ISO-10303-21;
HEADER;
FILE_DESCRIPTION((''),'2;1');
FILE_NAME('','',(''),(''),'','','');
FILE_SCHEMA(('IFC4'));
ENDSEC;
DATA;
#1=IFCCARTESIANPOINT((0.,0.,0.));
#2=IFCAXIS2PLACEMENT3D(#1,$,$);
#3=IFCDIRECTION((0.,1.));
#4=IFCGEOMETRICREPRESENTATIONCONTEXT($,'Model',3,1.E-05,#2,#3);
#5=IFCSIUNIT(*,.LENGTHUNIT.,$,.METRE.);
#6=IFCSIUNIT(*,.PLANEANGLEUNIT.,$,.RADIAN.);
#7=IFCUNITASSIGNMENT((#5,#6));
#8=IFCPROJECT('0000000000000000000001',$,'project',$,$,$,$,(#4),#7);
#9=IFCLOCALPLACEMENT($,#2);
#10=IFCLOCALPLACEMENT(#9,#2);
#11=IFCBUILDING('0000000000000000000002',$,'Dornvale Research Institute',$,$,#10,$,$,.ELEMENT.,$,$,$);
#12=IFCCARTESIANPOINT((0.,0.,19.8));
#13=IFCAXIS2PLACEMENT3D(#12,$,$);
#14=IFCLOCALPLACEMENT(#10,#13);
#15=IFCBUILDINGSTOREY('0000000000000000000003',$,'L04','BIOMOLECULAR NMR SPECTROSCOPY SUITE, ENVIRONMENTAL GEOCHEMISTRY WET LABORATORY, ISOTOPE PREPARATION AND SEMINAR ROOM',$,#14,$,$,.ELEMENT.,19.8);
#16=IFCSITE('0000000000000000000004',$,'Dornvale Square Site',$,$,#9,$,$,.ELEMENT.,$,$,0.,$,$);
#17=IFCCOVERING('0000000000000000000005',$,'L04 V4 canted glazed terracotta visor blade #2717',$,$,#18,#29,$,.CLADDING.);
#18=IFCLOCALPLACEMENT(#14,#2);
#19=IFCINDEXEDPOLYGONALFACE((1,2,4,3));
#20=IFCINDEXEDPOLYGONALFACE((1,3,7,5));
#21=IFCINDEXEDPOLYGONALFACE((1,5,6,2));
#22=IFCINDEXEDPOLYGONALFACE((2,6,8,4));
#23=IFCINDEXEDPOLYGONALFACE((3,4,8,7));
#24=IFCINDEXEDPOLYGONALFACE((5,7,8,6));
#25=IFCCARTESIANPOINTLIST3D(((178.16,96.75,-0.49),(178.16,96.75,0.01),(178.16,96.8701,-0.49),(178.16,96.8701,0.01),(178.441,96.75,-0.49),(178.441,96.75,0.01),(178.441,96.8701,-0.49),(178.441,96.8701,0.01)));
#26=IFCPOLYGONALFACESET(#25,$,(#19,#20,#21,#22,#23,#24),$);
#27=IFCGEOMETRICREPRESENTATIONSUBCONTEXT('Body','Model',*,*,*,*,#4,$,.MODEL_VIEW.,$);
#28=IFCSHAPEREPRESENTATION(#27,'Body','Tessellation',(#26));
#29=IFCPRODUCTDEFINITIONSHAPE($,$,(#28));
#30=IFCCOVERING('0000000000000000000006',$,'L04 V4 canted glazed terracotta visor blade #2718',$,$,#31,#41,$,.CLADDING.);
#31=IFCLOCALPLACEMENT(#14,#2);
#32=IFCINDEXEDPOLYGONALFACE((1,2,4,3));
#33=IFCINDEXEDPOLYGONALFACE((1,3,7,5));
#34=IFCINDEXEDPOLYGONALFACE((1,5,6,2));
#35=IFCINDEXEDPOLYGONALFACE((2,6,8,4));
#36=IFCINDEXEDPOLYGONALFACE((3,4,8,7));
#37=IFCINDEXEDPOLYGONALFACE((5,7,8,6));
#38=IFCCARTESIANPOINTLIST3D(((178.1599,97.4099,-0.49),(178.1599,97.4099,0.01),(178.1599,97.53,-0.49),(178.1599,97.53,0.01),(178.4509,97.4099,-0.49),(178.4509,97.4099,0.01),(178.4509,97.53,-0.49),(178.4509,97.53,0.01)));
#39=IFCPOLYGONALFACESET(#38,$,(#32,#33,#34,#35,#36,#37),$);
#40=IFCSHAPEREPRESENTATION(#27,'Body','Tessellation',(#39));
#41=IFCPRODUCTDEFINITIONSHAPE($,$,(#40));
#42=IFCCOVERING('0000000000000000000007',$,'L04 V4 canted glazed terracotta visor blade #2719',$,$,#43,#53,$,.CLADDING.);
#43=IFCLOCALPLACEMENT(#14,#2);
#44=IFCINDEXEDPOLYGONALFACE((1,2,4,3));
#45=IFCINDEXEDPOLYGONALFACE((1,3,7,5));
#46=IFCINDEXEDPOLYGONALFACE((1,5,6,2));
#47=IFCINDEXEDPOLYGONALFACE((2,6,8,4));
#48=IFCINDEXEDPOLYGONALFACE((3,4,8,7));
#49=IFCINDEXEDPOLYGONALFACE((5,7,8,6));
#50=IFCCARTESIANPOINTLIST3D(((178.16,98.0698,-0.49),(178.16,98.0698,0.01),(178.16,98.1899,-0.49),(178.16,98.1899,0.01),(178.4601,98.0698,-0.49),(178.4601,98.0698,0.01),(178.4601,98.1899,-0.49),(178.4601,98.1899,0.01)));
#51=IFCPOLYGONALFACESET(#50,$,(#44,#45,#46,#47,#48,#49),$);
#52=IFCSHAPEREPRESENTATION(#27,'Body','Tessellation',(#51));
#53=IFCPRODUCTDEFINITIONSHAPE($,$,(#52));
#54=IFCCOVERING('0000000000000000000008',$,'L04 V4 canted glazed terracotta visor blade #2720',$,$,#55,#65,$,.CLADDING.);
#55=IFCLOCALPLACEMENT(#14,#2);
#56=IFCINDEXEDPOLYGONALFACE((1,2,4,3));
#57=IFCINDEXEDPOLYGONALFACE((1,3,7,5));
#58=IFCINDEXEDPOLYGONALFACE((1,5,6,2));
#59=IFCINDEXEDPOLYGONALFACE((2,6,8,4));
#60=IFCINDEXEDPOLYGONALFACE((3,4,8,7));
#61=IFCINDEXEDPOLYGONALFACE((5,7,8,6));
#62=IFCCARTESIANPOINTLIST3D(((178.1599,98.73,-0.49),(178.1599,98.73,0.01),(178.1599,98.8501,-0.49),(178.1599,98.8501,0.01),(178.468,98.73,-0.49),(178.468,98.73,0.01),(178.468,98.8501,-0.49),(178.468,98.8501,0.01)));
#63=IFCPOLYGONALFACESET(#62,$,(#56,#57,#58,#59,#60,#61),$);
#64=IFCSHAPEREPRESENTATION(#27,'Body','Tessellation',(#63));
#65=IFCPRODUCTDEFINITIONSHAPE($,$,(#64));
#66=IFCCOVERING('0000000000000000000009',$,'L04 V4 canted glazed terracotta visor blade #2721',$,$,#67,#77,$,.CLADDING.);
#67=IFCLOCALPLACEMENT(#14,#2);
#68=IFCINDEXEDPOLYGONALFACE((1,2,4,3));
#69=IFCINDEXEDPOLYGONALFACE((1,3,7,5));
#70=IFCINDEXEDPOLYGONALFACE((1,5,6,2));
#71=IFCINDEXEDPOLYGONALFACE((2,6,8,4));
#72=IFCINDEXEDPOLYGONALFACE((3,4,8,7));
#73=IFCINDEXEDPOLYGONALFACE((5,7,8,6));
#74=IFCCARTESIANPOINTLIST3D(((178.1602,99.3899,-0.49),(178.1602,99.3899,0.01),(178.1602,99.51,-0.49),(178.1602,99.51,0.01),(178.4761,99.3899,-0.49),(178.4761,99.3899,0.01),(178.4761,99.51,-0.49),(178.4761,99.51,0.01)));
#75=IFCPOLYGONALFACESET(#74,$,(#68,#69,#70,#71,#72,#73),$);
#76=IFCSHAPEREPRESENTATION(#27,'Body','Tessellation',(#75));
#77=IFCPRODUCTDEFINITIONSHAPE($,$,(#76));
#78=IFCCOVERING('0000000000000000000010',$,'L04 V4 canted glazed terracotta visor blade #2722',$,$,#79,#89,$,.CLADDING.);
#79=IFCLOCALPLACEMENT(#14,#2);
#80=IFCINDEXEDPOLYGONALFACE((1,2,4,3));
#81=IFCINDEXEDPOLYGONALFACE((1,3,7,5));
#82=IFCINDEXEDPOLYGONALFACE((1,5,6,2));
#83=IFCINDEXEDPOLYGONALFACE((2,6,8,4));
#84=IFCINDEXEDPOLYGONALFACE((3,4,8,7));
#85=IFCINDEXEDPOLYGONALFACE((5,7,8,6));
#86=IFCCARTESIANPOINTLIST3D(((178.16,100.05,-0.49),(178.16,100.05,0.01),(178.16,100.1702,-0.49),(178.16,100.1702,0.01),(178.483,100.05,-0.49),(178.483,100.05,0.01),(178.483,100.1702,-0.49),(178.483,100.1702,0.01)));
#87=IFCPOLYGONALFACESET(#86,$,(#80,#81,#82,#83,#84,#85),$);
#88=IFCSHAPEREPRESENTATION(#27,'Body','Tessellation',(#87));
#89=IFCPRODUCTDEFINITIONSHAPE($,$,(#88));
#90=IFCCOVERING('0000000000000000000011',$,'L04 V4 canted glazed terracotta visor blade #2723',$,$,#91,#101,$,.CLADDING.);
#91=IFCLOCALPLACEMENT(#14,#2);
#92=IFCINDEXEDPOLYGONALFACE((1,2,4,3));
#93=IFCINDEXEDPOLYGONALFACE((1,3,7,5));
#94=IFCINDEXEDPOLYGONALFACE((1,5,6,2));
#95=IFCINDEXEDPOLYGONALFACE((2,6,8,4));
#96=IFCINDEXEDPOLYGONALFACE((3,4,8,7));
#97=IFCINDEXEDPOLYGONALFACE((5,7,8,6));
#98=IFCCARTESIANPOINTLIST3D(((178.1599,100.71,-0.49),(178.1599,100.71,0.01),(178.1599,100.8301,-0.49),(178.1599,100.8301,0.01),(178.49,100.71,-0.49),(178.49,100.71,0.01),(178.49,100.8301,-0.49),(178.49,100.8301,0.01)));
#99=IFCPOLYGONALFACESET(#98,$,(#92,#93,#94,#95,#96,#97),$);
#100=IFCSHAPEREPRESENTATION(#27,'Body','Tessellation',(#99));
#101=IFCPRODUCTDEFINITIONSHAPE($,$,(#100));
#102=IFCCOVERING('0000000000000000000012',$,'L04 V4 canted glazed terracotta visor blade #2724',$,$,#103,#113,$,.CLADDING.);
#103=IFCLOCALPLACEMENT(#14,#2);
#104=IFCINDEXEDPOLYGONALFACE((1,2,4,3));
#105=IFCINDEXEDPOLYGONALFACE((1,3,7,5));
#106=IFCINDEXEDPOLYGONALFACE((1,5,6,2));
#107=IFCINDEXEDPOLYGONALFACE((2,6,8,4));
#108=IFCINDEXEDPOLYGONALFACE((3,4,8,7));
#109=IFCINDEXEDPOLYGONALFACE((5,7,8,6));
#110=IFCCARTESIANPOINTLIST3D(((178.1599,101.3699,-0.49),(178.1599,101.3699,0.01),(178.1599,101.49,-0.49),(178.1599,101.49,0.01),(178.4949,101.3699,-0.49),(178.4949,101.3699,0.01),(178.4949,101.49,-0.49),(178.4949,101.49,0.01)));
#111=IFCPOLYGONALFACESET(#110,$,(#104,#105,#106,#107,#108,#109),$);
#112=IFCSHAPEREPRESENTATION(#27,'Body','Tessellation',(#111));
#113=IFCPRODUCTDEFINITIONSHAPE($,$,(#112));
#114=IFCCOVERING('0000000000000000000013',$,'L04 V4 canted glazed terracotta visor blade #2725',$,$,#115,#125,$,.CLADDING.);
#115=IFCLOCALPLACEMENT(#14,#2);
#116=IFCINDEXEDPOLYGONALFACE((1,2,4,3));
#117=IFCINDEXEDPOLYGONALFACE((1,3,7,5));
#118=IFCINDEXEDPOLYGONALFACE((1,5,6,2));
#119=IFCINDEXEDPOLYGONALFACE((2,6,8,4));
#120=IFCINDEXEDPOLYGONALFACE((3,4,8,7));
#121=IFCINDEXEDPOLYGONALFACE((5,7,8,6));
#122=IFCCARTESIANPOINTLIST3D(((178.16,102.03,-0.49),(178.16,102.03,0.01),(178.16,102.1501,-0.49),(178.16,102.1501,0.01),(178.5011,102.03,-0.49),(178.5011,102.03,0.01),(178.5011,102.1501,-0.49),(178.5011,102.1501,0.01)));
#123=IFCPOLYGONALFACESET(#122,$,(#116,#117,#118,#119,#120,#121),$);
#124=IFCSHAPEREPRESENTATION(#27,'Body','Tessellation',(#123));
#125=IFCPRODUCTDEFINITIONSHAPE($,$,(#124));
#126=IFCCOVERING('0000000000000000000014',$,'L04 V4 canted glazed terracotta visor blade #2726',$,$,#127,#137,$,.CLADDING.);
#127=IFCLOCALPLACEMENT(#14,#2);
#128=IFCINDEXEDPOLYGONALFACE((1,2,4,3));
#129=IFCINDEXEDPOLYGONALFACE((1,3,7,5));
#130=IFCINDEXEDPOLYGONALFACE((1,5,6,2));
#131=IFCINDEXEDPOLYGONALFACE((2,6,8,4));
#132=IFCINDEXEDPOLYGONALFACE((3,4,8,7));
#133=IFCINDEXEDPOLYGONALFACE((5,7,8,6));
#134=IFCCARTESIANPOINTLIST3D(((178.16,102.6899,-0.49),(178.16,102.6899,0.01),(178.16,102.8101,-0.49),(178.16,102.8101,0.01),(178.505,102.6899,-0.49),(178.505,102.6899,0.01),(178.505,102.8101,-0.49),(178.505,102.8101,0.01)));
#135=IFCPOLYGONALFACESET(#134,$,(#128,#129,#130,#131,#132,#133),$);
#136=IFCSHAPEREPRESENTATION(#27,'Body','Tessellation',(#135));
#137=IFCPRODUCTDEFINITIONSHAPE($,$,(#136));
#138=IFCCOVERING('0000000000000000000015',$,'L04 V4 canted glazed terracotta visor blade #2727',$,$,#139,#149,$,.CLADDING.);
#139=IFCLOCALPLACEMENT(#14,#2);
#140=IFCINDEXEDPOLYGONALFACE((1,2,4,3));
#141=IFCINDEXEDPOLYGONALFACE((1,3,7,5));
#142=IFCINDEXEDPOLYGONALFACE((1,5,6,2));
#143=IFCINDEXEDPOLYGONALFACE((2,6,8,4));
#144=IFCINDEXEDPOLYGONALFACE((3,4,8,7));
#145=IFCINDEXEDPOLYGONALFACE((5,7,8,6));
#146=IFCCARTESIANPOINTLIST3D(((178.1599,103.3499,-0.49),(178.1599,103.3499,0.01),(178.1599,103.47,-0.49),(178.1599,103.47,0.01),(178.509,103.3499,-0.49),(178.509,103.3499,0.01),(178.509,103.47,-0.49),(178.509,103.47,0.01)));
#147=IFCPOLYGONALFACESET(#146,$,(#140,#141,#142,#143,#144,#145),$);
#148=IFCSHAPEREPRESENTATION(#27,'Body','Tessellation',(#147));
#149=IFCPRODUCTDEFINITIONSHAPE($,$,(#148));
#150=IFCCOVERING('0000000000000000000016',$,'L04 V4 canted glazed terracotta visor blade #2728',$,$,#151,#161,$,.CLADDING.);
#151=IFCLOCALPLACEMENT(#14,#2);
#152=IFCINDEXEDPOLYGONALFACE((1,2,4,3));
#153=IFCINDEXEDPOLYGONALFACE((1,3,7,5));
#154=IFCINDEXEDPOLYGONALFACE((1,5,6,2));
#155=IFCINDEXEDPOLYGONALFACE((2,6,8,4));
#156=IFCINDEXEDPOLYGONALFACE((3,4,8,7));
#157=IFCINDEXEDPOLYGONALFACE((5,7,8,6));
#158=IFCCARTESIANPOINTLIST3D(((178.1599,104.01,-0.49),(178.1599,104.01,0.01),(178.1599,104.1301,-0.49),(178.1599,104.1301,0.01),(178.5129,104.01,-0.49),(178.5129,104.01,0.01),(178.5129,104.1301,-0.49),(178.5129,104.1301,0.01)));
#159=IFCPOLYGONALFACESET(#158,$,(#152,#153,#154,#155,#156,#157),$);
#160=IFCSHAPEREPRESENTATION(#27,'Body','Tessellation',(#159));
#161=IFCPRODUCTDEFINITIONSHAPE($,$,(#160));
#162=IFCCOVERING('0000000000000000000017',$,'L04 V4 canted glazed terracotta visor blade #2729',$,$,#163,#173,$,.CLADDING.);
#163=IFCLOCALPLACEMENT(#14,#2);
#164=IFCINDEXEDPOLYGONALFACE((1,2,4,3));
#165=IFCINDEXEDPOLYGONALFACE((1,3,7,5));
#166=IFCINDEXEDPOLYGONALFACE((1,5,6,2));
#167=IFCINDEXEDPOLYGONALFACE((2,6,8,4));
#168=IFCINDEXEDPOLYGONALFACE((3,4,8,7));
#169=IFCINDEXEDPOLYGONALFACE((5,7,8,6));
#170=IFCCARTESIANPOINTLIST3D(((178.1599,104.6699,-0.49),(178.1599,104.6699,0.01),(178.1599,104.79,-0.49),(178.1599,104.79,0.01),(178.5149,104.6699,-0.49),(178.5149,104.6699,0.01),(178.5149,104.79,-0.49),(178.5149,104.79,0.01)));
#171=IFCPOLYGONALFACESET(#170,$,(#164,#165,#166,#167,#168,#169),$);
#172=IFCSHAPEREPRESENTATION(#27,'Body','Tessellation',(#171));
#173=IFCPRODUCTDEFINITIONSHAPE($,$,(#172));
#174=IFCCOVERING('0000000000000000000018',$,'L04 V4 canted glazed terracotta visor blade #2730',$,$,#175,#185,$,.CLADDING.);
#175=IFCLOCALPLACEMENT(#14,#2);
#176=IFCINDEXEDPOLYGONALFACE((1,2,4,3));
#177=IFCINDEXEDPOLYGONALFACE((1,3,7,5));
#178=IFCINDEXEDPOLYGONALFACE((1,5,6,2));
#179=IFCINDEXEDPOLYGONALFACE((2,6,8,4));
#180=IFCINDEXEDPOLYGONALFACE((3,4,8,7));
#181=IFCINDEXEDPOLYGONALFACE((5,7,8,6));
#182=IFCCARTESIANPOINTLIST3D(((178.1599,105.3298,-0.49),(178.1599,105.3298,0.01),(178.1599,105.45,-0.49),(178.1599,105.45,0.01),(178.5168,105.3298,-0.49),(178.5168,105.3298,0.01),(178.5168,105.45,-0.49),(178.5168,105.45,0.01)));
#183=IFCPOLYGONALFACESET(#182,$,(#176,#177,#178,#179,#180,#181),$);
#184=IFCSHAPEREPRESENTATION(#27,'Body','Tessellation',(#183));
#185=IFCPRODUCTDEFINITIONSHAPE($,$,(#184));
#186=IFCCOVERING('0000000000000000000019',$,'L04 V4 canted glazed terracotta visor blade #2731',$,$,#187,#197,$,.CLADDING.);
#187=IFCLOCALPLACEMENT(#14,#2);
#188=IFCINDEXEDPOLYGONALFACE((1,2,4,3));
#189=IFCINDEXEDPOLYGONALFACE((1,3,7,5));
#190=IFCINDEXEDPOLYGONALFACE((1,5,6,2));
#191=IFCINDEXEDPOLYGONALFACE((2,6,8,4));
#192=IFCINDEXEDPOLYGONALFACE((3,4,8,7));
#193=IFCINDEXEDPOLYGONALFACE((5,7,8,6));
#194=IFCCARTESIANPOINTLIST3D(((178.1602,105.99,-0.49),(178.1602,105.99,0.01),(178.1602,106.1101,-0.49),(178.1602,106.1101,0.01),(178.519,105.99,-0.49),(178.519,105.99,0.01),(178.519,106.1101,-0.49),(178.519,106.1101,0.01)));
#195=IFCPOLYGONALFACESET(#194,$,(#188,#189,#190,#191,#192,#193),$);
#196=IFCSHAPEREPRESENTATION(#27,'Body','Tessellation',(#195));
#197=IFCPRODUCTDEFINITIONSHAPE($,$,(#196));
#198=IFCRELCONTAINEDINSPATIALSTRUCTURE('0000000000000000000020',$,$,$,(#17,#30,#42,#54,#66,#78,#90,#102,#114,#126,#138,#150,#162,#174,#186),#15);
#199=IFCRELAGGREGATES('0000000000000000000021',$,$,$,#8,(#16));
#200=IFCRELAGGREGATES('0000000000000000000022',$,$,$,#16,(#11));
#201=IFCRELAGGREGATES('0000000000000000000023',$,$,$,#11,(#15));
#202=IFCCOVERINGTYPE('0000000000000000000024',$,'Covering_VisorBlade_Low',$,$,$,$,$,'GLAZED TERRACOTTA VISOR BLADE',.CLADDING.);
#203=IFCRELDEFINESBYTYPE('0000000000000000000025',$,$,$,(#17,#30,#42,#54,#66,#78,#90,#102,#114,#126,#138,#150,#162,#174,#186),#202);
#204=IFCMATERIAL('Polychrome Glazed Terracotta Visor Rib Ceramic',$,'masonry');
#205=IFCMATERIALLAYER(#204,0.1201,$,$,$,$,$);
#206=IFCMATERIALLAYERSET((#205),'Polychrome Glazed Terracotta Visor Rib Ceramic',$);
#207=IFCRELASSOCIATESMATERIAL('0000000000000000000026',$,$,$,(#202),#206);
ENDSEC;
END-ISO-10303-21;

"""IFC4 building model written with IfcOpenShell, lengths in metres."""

from ifc_helpers import new_model, si_unit, direction, frame, origin, origin_2d, place, context, subcontext, project, spatial, rectangle, extrude, material, layer, layer_set, type_object, element, save


model = new_model("IFC4")

# Units and contexts
model_context = context("Model", 3, precision=1e-05, world=origin(), true_north=direction((0.0, 1.0)))
body_context = subcontext(model_context, "Body", "Model", "MODEL_VIEW")
ifc_project = project(units=[si_unit("LENGTHUNIT", "METRE"), si_unit("PLANEANGLEUNIT", "RADIAN")], contexts=[model_context])

# Site, building, storey
site_placement = place(None, origin())
site = spatial("IfcSite", under=ifc_project, at=site_placement, Name="Dornvale Square Site", CompositionType="ELEMENT", RefElevation=0.0)
building_placement = place(site_placement, origin())
building = spatial("IfcBuilding", under=site, at=building_placement, Name="Dornvale Research Institute", CompositionType="ELEMENT")
storey_placement = place(building_placement, frame((0.0, 0.0, 19.8)))
storey = spatial("IfcBuildingStorey", under=building, at=storey_placement, Name="L04", Description="BIOMOLECULAR NMR SPECTROSCOPY SUITE, ENVIRONMENTAL GEOCHEMISTRY WET LABORATORY, ISOTOPE PREPARATION AND SEMINAR ROOM", CompositionType="ELEMENT", Elevation=19.8)

# Coverings
ifc_material_1 = material(Name="Polychrome Glazed Terracotta Visor Rib Ceramic", Category="masonry")
ifc_layer_1 = layer(ifc_material_1, 0.1201)
ifc_layer_set_1 = layer_set([ifc_layer_1], Name="Polychrome Glazed Terracotta Visor Rib Ceramic")
covering_type = type_object("IfcCoveringType", Name="Covering_VisorBlade_Low", ElementType="GLAZED TERRACOTTA VISOR BLADE", PredefinedType="CLADDING", material=ifc_layer_set_1)
covering_1_placement = place(storey_placement, frame((178.3005, 96.8101, -0.49), z_axis=(0.0, 0.0, 1.0), x_axis=(1.0, 0.0, 0.0)))
element("IfcCovering", 1, at=covering_1_placement, inside=storey, type_object=covering_type, Name="L04 V4 canted glazed terracotta visor blade #2717", PredefinedType="CLADDING", context=body_context, shape_type="SweptSolid", body=[
    extrude(rectangle(XDim=0.281, YDim=0.1201, at=origin_2d()), origin(), (0.0, 0.0, 1.0), 0.5),
])
covering_2_placement = place(storey_placement, frame((178.3054, 97.47, -0.49), z_axis=(0.0, 0.0, 1.0), x_axis=(1.0, 0.0, 0.0)))
element("IfcCovering", 2, at=covering_2_placement, inside=storey, type_object=covering_type, Name="L04 V4 canted glazed terracotta visor blade #2718", PredefinedType="CLADDING", context=body_context, shape_type="SweptSolid", body=[
    extrude(rectangle(XDim=0.291, YDim=0.1201, at=origin_2d()), origin(), (0.0, 0.0, 1.0), 0.5),
])
covering_3_placement = place(storey_placement, frame((178.3101, 98.1299, -0.49), z_axis=(0.0, 0.0, 1.0), x_axis=(1.0, 0.0, 0.0)))
element("IfcCovering", 3, at=covering_3_placement, inside=storey, type_object=covering_type, Name="L04 V4 canted glazed terracotta visor blade #2719", PredefinedType="CLADDING", context=body_context, shape_type="SweptSolid", body=[
    extrude(rectangle(XDim=0.3, YDim=0.1201, at=origin_2d()), origin(), (0.0, 0.0, 1.0), 0.5),
])
covering_4_placement = place(storey_placement, frame((178.314, 98.79, -0.49), z_axis=(0.0, 0.0, 1.0), x_axis=(1.0, 0.0, 0.0)))
element("IfcCovering", 4, at=covering_4_placement, inside=storey, type_object=covering_type, Name="L04 V4 canted glazed terracotta visor blade #2720", PredefinedType="CLADDING", context=body_context, shape_type="SweptSolid", body=[
    extrude(rectangle(XDim=0.3081, YDim=0.1201, at=origin_2d()), origin(), (0.0, 0.0, 1.0), 0.5),
])
covering_5_placement = place(storey_placement, frame((178.3181, 99.45, -0.49), z_axis=(0.0, 0.0, 1.0), x_axis=(1.0, 0.0, 0.0)))
element("IfcCovering", 5, at=covering_5_placement, inside=storey, type_object=covering_type, Name="L04 V4 canted glazed terracotta visor blade #2721", PredefinedType="CLADDING", context=body_context, shape_type="SweptSolid", body=[
    extrude(rectangle(XDim=0.3159, YDim=0.1201, at=origin_2d()), origin(), (0.0, 0.0, 1.0), 0.5),
])
covering_6_placement = place(storey_placement, frame((178.3215, 100.1101, -0.49), z_axis=(0.0, 0.0, 1.0), x_axis=(1.0, 0.0, 0.0)))
element("IfcCovering", 6, at=covering_6_placement, inside=storey, type_object=covering_type, Name="L04 V4 canted glazed terracotta visor blade #2722", PredefinedType="CLADDING", context=body_context, shape_type="SweptSolid", body=[
    extrude(rectangle(XDim=0.323, YDim=0.1201, at=origin_2d()), origin(), (0.0, 0.0, 1.0), 0.5),
])
covering_7_placement = place(storey_placement, frame((178.325, 100.77, -0.49), z_axis=(0.0, 0.0, 1.0), x_axis=(1.0, 0.0, 0.0)))
element("IfcCovering", 7, at=covering_7_placement, inside=storey, type_object=covering_type, Name="L04 V4 canted glazed terracotta visor blade #2723", PredefinedType="CLADDING", context=body_context, shape_type="SweptSolid", body=[
    extrude(rectangle(XDim=0.3301, YDim=0.1201, at=origin_2d()), origin(), (0.0, 0.0, 1.0), 0.5),
])
covering_8_placement = place(storey_placement, frame((178.3274, 101.4299, -0.49), z_axis=(0.0, 0.0, 1.0), x_axis=(1.0, 0.0, 0.0)))
element("IfcCovering", 8, at=covering_8_placement, inside=storey, type_object=covering_type, Name="L04 V4 canted glazed terracotta visor blade #2724", PredefinedType="CLADDING", context=body_context, shape_type="SweptSolid", body=[
    extrude(rectangle(XDim=0.335, YDim=0.1201, at=origin_2d()), origin(), (0.0, 0.0, 1.0), 0.5),
])
covering_9_placement = place(storey_placement, frame((178.3306, 102.0901, -0.49), z_axis=(0.0, 0.0, 1.0), x_axis=(1.0, 0.0, 0.0)))
element("IfcCovering", 9, at=covering_9_placement, inside=storey, type_object=covering_type, Name="L04 V4 canted glazed terracotta visor blade #2725", PredefinedType="CLADDING", context=body_context, shape_type="SweptSolid", body=[
    extrude(rectangle(XDim=0.3411, YDim=0.1201, at=origin_2d()), origin(), (0.0, 0.0, 1.0), 0.5),
])
covering_10_placement = place(storey_placement, frame((178.3325, 102.75, -0.49), z_axis=(0.0, 0.0, 1.0), x_axis=(1.0, 0.0, 0.0)))
element("IfcCovering", 10, at=covering_10_placement, inside=storey, type_object=covering_type, Name="L04 V4 canted glazed terracotta visor blade #2726", PredefinedType="CLADDING", context=body_context, shape_type="SweptSolid", body=[
    extrude(rectangle(XDim=0.345, YDim=0.1201, at=origin_2d()), origin(), (0.0, 0.0, 1.0), 0.5),
])
covering_11_placement = place(storey_placement, frame((178.3345, 103.4099, -0.49), z_axis=(0.0, 0.0, 1.0), x_axis=(1.0, 0.0, 0.0)))
element("IfcCovering", 11, at=covering_11_placement, inside=storey, type_object=covering_type, Name="L04 V4 canted glazed terracotta visor blade #2727", PredefinedType="CLADDING", context=body_context, shape_type="SweptSolid", body=[
    extrude(rectangle(XDim=0.3491, YDim=0.1201, at=origin_2d()), origin(), (0.0, 0.0, 1.0), 0.5),
])
covering_12_placement = place(storey_placement, frame((178.3364, 104.0701, -0.49), z_axis=(0.0, 0.0, 1.0), x_axis=(1.0, 0.0, 0.0)))
element("IfcCovering", 12, at=covering_12_placement, inside=storey, type_object=covering_type, Name="L04 V4 canted glazed terracotta visor blade #2728", PredefinedType="CLADDING", context=body_context, shape_type="SweptSolid", body=[
    extrude(rectangle(XDim=0.353, YDim=0.1201, at=origin_2d()), origin(), (0.0, 0.0, 1.0), 0.5),
])
covering_13_placement = place(storey_placement, frame((178.3374, 104.73, -0.49), z_axis=(0.0, 0.0, 1.0), x_axis=(1.0, 0.0, 0.0)))
element("IfcCovering", 13, at=covering_13_placement, inside=storey, type_object=covering_type, Name="L04 V4 canted glazed terracotta visor blade #2729", PredefinedType="CLADDING", context=body_context, shape_type="SweptSolid", body=[
    extrude(rectangle(XDim=0.355, YDim=0.1201, at=origin_2d()), origin(), (0.0, 0.0, 1.0), 0.5),
])
covering_14_placement = place(storey_placement, frame((178.3384, 105.3899, -0.49), z_axis=(0.0, 0.0, 1.0), x_axis=(1.0, 0.0, 0.0)))
element("IfcCovering", 14, at=covering_14_placement, inside=storey, type_object=covering_type, Name="L04 V4 canted glazed terracotta visor blade #2730", PredefinedType="CLADDING", context=body_context, shape_type="SweptSolid", body=[
    extrude(rectangle(XDim=0.3569, YDim=0.1201, at=origin_2d()), origin(), (0.0, 0.0, 1.0), 0.5),
])
covering_15_placement = place(storey_placement, frame((178.3396, 106.05, -0.49), z_axis=(0.0, 0.0, 1.0), x_axis=(1.0, 0.0, 0.0)))
element("IfcCovering", 15, at=covering_15_placement, inside=storey, type_object=covering_type, Name="L04 V4 canted glazed terracotta visor blade #2731", PredefinedType="CLADDING", context=body_context, shape_type="SweptSolid", body=[
    extrude(rectangle(XDim=0.3589, YDim=0.1201, at=origin_2d()), origin(), (0.0, 0.0, 1.0), 0.5),
])

save(model, "model.ifc")
